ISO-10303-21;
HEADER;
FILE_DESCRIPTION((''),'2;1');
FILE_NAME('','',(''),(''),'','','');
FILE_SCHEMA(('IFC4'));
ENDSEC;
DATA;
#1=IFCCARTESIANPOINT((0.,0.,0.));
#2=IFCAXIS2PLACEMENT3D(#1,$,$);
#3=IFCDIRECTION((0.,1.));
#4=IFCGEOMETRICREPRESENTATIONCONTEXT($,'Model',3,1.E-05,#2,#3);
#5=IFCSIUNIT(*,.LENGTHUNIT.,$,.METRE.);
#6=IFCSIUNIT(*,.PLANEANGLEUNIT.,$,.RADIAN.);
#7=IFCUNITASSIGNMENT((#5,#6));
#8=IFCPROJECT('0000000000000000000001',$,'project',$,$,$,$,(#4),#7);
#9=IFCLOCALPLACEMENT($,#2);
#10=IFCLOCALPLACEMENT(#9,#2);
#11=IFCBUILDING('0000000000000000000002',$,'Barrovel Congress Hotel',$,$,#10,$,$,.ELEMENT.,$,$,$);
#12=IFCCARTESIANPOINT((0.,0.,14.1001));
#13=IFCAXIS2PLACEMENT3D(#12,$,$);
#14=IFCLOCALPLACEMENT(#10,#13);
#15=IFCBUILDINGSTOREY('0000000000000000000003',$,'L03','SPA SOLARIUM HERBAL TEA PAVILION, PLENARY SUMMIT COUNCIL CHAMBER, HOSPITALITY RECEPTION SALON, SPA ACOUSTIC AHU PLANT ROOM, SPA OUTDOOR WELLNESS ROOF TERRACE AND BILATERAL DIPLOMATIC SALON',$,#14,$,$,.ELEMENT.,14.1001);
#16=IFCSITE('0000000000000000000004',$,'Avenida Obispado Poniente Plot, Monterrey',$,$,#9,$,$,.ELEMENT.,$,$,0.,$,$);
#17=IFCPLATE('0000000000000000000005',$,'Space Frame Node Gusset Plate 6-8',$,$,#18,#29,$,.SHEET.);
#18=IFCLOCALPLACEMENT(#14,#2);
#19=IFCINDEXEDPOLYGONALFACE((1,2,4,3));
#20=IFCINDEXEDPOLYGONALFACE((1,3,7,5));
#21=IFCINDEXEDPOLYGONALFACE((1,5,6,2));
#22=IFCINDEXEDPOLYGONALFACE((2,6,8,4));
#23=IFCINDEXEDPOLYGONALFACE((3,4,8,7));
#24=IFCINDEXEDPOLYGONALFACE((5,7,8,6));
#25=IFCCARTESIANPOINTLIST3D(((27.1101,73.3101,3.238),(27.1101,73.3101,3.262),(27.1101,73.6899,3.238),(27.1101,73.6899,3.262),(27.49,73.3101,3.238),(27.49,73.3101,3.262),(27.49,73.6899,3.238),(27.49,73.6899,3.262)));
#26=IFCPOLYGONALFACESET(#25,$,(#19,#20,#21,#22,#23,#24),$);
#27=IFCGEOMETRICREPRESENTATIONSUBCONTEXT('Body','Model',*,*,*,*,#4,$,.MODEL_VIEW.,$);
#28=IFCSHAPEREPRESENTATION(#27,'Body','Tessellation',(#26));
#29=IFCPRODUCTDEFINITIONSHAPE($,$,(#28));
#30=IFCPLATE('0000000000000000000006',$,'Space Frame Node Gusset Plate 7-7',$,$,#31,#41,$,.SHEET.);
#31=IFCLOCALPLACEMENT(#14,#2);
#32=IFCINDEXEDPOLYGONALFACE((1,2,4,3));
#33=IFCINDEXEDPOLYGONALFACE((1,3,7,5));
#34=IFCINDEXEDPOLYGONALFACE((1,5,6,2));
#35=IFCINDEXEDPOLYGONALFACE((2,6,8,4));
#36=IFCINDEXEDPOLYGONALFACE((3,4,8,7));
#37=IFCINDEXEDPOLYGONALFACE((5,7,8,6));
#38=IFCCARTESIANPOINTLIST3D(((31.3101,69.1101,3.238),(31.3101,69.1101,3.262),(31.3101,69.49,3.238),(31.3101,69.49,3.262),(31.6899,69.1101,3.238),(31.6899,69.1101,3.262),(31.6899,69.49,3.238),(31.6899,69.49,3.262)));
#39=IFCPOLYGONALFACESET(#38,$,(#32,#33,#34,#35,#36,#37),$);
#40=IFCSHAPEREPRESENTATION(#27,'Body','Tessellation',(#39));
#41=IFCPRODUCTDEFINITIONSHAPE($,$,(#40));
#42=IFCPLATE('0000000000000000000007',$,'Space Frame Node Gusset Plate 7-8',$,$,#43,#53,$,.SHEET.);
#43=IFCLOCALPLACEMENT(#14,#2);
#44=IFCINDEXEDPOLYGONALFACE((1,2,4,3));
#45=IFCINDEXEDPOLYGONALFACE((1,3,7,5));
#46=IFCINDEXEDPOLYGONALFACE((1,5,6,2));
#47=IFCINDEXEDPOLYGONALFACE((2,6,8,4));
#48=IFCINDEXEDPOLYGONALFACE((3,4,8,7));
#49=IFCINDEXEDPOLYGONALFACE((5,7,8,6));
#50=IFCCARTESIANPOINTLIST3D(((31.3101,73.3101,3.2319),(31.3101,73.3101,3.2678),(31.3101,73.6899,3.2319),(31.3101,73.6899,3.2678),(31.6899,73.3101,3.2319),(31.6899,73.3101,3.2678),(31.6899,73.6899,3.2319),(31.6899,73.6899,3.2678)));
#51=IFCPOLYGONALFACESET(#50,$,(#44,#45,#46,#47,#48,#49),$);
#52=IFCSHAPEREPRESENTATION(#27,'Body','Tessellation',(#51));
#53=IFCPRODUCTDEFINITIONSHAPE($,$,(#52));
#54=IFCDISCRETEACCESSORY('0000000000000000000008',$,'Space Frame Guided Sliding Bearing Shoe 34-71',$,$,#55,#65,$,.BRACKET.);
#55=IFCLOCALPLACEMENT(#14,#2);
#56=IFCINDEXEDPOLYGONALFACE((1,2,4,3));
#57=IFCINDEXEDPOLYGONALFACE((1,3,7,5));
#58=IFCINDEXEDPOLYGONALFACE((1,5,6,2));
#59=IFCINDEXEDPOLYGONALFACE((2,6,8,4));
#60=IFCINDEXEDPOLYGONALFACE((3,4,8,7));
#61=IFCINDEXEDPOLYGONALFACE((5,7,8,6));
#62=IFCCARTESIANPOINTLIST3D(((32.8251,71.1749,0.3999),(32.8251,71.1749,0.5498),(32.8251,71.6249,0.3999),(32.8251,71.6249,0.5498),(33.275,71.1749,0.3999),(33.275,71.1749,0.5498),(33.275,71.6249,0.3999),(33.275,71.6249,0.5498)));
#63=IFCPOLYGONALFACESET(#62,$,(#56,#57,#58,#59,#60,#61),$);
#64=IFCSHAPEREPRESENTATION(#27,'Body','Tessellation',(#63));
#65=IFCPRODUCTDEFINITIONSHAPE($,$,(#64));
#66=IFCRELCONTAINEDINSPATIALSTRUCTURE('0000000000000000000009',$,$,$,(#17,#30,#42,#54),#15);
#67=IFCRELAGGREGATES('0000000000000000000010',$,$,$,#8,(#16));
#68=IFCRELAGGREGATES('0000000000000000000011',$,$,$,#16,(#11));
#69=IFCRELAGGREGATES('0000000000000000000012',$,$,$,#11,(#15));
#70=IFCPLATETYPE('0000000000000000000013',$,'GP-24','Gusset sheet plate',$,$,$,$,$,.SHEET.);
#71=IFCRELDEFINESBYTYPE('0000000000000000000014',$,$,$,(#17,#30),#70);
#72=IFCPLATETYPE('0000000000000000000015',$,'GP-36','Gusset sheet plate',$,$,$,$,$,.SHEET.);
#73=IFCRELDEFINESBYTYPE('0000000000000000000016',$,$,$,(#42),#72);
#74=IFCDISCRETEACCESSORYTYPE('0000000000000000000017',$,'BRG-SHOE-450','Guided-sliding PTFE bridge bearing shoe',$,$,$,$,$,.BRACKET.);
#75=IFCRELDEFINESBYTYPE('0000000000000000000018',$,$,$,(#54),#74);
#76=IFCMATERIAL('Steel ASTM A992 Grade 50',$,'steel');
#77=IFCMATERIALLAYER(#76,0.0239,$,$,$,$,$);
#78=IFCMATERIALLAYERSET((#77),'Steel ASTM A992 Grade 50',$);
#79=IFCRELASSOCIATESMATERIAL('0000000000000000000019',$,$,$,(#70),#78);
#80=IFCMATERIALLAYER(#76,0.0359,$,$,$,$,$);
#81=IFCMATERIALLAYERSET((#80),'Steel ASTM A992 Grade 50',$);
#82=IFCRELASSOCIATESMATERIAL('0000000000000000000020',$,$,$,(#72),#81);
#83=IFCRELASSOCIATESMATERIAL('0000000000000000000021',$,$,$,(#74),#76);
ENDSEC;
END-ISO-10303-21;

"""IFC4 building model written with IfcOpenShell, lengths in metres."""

from ifc_helpers import new_model, si_unit, direction, frame, origin, origin_2d, place, context, subcontext, project, spatial, rectangle, extrude, material, layer, layer_set, type_object, element, save


model = new_model("IFC4")

# Units and contexts
model_context = context("Model", 3, precision=1e-05, world=origin(), true_north=direction((0.0, 1.0)))
body_context = subcontext(model_context, "Body", "Model", "MODEL_VIEW")
ifc_project = project(units=[si_unit("LENGTHUNIT", "METRE"), si_unit("PLANEANGLEUNIT", "RADIAN")], contexts=[model_context])

# Site, building, storey
site_placement = place(None, origin())
site = spatial("IfcSite", under=ifc_project, at=site_placement, Name="Avenida Obispado Poniente Plot, Monterrey", CompositionType="ELEMENT", RefElevation=0.0)
building_placement = place(site_placement, origin())
building = spatial("IfcBuilding", under=site, at=building_placement, Name="Barrovel Congress Hotel", CompositionType="ELEMENT")
storey_placement = place(building_placement, frame((0.0, 0.0, 14.1001)))
storey = spatial("IfcBuildingStorey", under=building, at=storey_placement, Name="L03", Description="SPA SOLARIUM HERBAL TEA PAVILION, PLENARY SUMMIT COUNCIL CHAMBER, HOSPITALITY RECEPTION SALON, SPA ACOUSTIC AHU PLANT ROOM, SPA OUTDOOR WELLNESS ROOF TERRACE AND BILATERAL DIPLOMATIC SALON", CompositionType="ELEMENT", Elevation=14.1001)

# Shared definitions
ifc_material_1 = material(Name="Steel ASTM A992 Grade 50", Category="steel")

# Plates
ifc_layer_1 = layer(ifc_material_1, 0.0239)
ifc_layer_set_1 = layer_set([ifc_layer_1], Name="Steel ASTM A992 Grade 50")
plate_type_1 = type_object("IfcPlateType", Name="GP-24", Description="Gusset sheet plate", PredefinedType="SHEET", material=ifc_layer_set_1)
for number, where, z_axis, x_axis, name in (
    (1, (27.3, 73.5, 3.238), (0.0, 0.0, 1.0), (1.0, 0.0, 0.0), "Space Frame Node Gusset Plate 6-8"),
    (2, (31.5, 69.3, 3.238), (0.0, 0.0, 1.0), (1.0, 0.0, 0.0), "Space Frame Node Gusset Plate 7-7"),
):
    element("IfcPlate", number, at=place(storey_placement, frame(where, z_axis=z_axis, x_axis=x_axis)), inside=storey, type_object=plate_type_1, Name=name, PredefinedType="SHEET", context=body_context, shape_type="SweptSolid", body=[
        extrude(rectangle(XDim=0.3799, YDim=0.3799, at=origin_2d()), origin(), (0.0, 0.0, 1.0), 0.0239),
    ])
ifc_layer_2 = layer(ifc_material_1, 0.0359)
ifc_layer_set_2 = layer_set([ifc_layer_2], Name="Steel ASTM A992 Grade 50")
plate_type_2 = type_object("IfcPlateType", Name="GP-36", Description="Gusset sheet plate", PredefinedType="SHEET", material=ifc_layer_set_2)
plate_1_placement = place(storey_placement, frame((31.5, 73.5, 3.2319), z_axis=(0.0, 0.0, 1.0), x_axis=(1.0, 0.0, 0.0)))
element("IfcPlate", 3, at=plate_1_placement, inside=storey, type_object=plate_type_2, Name="Space Frame Node Gusset Plate 7-8", PredefinedType="SHEET", context=body_context, shape_type="SweptSolid", body=[
    extrude(rectangle(XDim=0.3799, YDim=0.3799, at=origin_2d()), origin(), (0.0, 0.0, 1.0), 0.0359),
])

# Discrete accessory
discrete_accessory_type = type_object("IfcDiscreteAccessoryType", Name="BRG-SHOE-450", Description="Guided-sliding PTFE bridge bearing shoe", PredefinedType="BRACKET", material=ifc_material_1)
discrete_accessory_placement = place(storey_placement, frame((33.05, 71.3999, 0.3999), z_axis=(0.0, 0.0, 1.0), x_axis=(1.0, 0.0, 0.0)))
element("IfcDiscreteAccessory", 4, at=discrete_accessory_placement, inside=storey, type_object=discrete_accessory_type, Name="Space Frame Guided Sliding Bearing Shoe 34-71", PredefinedType="BRACKET", context=body_context, shape_type="SweptSolid", body=[
    extrude(rectangle(XDim=0.45, YDim=0.45, at=origin_2d()), origin(), (0.0, 0.0, 1.0), 0.1499),
])

save(model, "model.ifc")
